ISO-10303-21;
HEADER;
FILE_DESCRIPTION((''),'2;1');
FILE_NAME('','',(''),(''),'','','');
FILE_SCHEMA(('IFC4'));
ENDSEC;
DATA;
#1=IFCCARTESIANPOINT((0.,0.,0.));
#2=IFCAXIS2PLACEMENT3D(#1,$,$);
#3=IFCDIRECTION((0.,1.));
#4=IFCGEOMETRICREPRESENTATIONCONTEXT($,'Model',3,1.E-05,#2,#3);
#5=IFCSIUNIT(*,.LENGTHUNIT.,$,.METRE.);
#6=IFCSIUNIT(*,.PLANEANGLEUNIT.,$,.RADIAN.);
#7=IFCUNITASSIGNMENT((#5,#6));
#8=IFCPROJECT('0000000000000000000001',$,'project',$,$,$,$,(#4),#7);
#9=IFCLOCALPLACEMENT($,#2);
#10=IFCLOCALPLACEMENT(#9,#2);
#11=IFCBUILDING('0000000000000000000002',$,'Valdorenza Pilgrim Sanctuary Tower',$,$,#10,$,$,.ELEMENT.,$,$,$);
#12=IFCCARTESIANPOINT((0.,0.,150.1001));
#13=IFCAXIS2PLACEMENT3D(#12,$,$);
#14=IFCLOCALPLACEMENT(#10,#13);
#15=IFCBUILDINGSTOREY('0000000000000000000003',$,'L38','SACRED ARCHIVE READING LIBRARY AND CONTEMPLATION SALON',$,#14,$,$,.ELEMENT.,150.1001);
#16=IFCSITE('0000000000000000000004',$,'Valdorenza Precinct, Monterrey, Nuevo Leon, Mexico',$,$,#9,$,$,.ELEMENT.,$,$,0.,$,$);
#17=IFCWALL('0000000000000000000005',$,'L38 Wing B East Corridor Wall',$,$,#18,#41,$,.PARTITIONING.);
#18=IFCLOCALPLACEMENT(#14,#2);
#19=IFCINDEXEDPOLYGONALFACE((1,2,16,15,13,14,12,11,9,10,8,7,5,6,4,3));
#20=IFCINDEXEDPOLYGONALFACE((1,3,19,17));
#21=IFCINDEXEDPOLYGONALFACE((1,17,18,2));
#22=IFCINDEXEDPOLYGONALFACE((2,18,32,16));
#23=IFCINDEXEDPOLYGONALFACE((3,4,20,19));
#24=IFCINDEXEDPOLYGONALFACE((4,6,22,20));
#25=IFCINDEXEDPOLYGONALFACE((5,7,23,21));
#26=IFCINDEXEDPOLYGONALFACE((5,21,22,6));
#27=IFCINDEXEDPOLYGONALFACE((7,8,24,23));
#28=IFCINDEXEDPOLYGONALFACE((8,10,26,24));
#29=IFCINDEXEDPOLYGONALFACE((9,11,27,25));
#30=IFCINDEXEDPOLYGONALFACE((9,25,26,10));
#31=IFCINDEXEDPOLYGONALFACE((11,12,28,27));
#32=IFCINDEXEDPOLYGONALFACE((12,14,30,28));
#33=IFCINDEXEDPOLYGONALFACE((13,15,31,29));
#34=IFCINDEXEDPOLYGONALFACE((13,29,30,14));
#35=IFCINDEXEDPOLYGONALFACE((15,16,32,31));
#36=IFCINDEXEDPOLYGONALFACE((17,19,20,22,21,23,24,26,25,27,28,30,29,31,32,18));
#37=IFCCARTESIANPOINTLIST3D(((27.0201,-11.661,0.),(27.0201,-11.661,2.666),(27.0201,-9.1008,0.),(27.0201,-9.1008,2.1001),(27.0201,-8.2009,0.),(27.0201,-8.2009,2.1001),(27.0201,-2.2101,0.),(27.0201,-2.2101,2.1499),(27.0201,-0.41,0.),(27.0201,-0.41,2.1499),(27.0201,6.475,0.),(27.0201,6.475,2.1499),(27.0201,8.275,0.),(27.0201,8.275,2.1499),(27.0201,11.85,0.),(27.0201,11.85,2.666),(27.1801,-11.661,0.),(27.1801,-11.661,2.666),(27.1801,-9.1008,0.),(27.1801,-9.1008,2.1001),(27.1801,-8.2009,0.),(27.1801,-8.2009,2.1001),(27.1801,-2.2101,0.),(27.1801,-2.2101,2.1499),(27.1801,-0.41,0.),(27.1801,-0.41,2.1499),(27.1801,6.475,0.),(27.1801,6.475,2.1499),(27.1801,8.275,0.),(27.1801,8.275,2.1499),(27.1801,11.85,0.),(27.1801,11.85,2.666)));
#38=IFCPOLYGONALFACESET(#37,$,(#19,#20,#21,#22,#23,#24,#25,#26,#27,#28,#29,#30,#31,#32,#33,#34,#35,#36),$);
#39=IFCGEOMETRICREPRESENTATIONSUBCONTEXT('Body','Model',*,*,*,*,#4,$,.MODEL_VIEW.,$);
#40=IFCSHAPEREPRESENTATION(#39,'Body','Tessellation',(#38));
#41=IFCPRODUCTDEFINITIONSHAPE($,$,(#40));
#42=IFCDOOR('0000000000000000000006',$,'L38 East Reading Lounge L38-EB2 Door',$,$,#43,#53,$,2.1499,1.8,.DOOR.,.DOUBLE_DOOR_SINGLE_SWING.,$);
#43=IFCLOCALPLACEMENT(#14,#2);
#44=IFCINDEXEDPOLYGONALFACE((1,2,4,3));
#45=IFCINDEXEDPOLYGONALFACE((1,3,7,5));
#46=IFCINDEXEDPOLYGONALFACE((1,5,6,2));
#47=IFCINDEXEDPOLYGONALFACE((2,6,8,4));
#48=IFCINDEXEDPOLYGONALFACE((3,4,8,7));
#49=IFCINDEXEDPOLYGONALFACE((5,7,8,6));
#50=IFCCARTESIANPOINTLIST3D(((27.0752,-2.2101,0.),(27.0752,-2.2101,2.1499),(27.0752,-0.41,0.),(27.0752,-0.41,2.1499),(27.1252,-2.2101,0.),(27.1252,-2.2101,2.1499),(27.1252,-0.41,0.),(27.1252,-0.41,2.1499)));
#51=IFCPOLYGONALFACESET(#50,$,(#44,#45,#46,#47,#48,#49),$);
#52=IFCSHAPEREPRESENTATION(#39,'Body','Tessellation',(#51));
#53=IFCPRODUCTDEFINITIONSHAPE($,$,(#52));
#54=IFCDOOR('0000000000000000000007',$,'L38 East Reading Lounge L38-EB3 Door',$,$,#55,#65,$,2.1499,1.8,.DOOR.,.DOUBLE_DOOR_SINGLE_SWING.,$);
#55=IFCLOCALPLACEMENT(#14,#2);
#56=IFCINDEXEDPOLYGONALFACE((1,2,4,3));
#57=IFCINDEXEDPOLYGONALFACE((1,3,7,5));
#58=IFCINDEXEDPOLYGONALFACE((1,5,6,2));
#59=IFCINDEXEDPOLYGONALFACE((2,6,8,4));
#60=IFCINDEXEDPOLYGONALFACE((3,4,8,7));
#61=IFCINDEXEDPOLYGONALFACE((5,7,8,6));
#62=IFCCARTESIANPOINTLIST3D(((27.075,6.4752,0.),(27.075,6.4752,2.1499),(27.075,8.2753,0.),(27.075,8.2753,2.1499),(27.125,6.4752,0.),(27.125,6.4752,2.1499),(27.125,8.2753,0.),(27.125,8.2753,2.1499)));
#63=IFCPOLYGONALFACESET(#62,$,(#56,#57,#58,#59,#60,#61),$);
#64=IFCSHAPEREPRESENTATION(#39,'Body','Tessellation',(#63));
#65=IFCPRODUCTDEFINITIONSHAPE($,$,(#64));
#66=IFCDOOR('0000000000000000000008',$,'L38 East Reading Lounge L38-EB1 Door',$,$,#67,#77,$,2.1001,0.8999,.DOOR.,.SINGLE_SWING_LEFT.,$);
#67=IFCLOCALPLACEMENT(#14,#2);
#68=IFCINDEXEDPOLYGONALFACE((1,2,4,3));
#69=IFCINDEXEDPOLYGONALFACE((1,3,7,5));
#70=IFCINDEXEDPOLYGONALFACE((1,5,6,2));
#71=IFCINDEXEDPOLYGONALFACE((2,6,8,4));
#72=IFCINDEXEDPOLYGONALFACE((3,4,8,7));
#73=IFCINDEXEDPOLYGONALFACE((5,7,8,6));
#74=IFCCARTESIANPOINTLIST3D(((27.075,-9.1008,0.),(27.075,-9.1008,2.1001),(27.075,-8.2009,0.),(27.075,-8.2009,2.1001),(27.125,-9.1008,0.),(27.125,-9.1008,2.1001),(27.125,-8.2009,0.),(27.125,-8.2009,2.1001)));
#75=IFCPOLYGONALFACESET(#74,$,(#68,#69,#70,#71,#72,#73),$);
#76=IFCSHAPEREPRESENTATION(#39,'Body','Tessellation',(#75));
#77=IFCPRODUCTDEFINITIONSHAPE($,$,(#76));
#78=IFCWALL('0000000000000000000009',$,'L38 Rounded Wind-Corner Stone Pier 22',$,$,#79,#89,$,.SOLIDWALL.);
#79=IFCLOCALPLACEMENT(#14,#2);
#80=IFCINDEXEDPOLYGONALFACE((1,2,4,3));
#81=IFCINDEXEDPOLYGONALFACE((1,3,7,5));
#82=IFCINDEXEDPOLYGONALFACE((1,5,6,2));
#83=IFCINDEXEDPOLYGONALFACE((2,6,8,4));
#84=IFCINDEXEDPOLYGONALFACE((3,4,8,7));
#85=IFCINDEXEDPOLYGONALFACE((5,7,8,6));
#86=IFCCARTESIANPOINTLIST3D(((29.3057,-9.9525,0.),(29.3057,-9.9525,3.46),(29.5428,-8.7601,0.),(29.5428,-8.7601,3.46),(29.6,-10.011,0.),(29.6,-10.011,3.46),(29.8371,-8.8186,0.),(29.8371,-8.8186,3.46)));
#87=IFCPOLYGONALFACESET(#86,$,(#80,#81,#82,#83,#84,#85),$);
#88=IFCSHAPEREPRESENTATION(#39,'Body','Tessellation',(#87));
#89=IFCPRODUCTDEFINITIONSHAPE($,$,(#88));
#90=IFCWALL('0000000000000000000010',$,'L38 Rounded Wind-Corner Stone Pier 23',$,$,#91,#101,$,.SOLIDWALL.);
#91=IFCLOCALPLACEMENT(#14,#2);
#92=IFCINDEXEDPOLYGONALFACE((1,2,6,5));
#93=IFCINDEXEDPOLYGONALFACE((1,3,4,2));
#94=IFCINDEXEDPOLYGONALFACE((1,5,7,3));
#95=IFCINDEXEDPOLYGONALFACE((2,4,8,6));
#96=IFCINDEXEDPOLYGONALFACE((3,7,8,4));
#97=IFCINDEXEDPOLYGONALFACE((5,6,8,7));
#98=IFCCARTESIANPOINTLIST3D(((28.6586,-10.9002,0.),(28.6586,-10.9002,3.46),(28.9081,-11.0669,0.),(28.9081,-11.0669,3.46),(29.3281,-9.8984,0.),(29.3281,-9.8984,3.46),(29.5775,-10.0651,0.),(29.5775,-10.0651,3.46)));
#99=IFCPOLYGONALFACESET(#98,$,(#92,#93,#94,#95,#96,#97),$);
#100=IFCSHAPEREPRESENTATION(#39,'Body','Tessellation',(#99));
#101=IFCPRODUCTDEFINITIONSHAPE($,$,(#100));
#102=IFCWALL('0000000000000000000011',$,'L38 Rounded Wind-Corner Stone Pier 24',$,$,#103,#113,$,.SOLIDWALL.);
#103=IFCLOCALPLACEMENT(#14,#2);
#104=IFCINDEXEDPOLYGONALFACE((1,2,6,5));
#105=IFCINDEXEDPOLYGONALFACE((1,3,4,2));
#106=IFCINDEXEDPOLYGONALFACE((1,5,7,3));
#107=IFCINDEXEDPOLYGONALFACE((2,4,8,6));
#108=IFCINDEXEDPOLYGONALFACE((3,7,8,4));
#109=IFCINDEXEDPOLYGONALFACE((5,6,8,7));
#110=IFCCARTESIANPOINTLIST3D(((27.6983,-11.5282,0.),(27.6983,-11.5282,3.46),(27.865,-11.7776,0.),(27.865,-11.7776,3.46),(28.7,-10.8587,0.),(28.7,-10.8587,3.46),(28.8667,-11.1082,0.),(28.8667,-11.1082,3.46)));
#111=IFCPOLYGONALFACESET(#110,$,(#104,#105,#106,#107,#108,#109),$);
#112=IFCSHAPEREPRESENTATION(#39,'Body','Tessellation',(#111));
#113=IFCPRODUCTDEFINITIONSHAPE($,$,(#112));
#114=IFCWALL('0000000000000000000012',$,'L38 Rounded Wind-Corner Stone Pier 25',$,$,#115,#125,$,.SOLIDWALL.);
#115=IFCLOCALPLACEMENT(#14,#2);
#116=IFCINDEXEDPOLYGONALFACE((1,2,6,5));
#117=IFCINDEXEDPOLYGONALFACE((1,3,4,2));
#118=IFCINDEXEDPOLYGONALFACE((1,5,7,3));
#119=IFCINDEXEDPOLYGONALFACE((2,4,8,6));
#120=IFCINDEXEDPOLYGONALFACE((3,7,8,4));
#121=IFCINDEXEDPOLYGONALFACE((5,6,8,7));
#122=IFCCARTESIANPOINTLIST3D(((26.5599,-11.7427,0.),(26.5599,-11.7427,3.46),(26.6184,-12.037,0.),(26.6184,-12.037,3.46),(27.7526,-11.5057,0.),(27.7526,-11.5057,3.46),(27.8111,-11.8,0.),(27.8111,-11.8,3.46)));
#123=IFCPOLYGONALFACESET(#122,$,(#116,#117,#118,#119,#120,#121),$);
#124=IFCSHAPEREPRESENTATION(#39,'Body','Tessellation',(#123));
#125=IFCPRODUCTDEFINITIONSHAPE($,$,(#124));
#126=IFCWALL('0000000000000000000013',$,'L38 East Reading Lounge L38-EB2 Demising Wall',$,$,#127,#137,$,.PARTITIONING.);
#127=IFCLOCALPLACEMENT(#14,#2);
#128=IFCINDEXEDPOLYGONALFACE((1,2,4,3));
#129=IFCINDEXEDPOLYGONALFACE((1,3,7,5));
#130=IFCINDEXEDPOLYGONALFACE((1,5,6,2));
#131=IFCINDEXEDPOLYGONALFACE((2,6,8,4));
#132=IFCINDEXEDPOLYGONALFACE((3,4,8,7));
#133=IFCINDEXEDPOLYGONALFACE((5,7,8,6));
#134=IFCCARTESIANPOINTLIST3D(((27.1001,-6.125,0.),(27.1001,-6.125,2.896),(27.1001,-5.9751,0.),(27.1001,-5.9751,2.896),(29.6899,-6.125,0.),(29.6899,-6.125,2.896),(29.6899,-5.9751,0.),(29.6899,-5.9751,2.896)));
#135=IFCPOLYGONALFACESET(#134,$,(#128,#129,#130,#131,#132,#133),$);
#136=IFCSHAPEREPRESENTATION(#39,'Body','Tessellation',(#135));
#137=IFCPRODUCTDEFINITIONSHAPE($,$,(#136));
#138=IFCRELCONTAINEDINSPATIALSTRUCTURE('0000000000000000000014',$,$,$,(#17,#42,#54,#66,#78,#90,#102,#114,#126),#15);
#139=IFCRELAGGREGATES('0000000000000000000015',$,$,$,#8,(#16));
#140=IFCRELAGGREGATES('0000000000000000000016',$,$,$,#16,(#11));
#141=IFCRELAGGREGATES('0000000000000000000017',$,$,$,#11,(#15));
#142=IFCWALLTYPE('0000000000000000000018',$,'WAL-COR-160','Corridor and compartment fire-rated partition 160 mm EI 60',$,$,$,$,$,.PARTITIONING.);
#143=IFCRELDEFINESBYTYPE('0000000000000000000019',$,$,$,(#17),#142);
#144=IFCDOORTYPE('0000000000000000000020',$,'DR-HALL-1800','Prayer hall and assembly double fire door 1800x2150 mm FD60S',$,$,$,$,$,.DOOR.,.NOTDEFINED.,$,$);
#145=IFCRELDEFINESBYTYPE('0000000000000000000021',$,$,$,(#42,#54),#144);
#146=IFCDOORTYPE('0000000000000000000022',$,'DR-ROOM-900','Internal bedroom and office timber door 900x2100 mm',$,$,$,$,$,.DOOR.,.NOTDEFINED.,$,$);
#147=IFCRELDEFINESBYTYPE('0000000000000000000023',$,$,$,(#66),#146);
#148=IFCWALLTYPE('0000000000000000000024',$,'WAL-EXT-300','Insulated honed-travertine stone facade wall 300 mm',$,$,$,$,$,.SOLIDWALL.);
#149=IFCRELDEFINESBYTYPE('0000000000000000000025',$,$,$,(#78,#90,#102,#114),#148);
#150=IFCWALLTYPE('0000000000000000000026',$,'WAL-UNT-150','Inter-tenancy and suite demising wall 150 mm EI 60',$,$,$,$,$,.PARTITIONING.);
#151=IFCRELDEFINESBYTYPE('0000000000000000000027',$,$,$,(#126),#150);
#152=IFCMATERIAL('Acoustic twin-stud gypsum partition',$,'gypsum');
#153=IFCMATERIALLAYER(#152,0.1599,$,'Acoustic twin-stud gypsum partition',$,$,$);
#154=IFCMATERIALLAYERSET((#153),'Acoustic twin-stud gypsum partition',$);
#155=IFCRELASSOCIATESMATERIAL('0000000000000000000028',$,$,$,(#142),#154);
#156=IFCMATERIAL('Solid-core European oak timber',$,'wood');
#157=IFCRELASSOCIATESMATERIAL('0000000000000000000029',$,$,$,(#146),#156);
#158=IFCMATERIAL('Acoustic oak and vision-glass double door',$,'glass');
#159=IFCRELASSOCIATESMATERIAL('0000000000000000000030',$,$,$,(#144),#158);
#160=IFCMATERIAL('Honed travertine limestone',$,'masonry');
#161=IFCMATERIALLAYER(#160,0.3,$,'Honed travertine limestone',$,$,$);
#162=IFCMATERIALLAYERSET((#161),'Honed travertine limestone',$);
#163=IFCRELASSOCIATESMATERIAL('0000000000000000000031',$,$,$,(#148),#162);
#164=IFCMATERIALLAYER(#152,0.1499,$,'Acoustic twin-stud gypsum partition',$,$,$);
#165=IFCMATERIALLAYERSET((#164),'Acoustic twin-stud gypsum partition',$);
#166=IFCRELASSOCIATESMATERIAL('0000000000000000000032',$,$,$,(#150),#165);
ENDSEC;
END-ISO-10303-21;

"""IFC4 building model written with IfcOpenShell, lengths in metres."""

from ifc_helpers import new_model, si_unit, direction, frame, frame_2d, origin, place, context, subcontext, project, spatial, rectangle, extrude, material, layer, layer_set, type_object, element, fill, save


model = new_model("IFC4")

# Units and contexts
model_context = context("Model", 3, precision=1e-05, world=origin(), true_north=direction((0.0, 1.0)))
body_context = subcontext(model_context, "Body", "Model", "MODEL_VIEW")
ifc_project = project(units=[si_unit("LENGTHUNIT", "METRE"), si_unit("PLANEANGLEUNIT", "RADIAN")], contexts=[model_context])

# Site, building, storey
site_placement = place(None, origin())
site = spatial("IfcSite", under=ifc_project, at=site_placement, Name="Valdorenza Precinct, Monterrey, Nuevo Leon, Mexico", CompositionType="ELEMENT", RefElevation=0.0)
building_placement = place(site_placement, origin())
building = spatial("IfcBuilding", under=site, at=building_placement, Name="Valdorenza Pilgrim Sanctuary Tower", CompositionType="ELEMENT")
storey_placement = place(building_placement, frame((0.0, 0.0, 150.1001)))
storey = spatial("IfcBuildingStorey", under=building, at=storey_placement, Name="L38", Description="SACRED ARCHIVE READING LIBRARY AND CONTEMPLATION SALON", CompositionType="ELEMENT", Elevation=150.1001)

# Shared definitions
ifc_material_1 = material(Name="Honed travertine limestone", Category="masonry")

# Shared definitions
ifc_material_2 = material(Name="Acoustic twin-stud gypsum partition", Category="gypsum")
ifc_layer_1 = layer(ifc_material_2, 0.1599, Name="Acoustic twin-stud gypsum partition")
ifc_layer_set_1 = layer_set([ifc_layer_1], Name="Acoustic twin-stud gypsum partition")
wall_type_1 = type_object("IfcWallType", Name="WAL-COR-160", Description="Corridor and compartment fire-rated partition 160 mm EI 60", PredefinedType="PARTITIONING", material=ifc_layer_set_1)
ifc_material_3 = material(Name="Solid-core European oak timber", Category="wood")
door_type_1 = type_object("IfcDoorType", Name="DR-ROOM-900", Description="Internal bedroom and office timber door 900x2100 mm", OperationType="NOTDEFINED", PredefinedType="DOOR", material=ifc_material_3)

# Wall, openings, doors
wall_1_placement = place(storey_placement, frame((27.1001, -11.6609, 0.0), z_axis=(0.0, 0.0, 1.0), x_axis=(0.0, 1.0, 0.0)))
wall_1 = element("IfcWall", 1, at=wall_1_placement, inside=storey, type_object=wall_type_1, Name="L38 Wing B East Corridor Wall", PredefinedType="PARTITIONING", context=body_context, shape_type="SweptSolid", body=[
    extrude(rectangle(XDim=23.511, YDim=0.1599, at=frame_2d((11.7554, 0.0))), origin(), (0.0, 0.0, 1.0), 2.666),
])
opening_1_placement = place(wall_1_placement, frame((2.5601, 0.0, 0.0)))
opening_1 = element("IfcOpeningElement", 2, at=opening_1_placement, cuts=wall_1, PredefinedType="OPENING", context=body_context, shape_type="SweptSolid", body=[
    extrude(rectangle(XDim=0.8999, YDim=2.1001, at=frame_2d((0.45, 1.05))), frame((0.0, 0.0947, 0.0), z_axis=(0.0, -1.0, 0.0), x_axis=(1.0, 0.0, 0.0)), (0.0, 0.0, 1.0), 0.1897),
])
opening_2_placement = place(wall_1_placement, frame((9.4509, 0.0, 0.0)))
opening_2 = element("IfcOpeningElement", 3, at=opening_2_placement, cuts=wall_1, PredefinedType="OPENING", context=body_context, shape_type="SweptSolid", body=[
    extrude(rectangle(XDim=1.8, YDim=2.1499, at=frame_2d((0.8999, 1.075))), frame((0.0, 0.0947, 0.0), z_axis=(0.0, -1.0, 0.0), x_axis=(1.0, 0.0, 0.0)), (0.0, 0.0, 1.0), 0.1897),
])
opening_3_placement = place(wall_1_placement, frame((18.136, 0.0, 0.0)))
opening_3 = element("IfcOpeningElement", 4, at=opening_3_placement, cuts=wall_1, PredefinedType="OPENING", context=body_context, shape_type="SweptSolid", body=[
    extrude(rectangle(XDim=1.8, YDim=2.1499, at=frame_2d((0.8999, 1.075))), frame((0.0, 0.0947, 0.0), z_axis=(0.0, -1.0, 0.0), x_axis=(1.0, 0.0, 0.0)), (0.0, 0.0, 1.0), 0.1897),
])
ifc_material_4 = material(Name="Acoustic oak and vision-glass double door", Category="glass")
door_type_2 = type_object("IfcDoorType", Name="DR-HALL-1800", Description="Prayer hall and assembly double fire door 1800x2150 mm FD60S", OperationType="NOTDEFINED", PredefinedType="DOOR", material=ifc_material_4)
door_1_placement = place(opening_2_placement, origin())
door_1 = element("IfcDoor", 5, at=door_1_placement, inside=storey, type_object=door_type_2, Name="L38 East Reading Lounge L38-EB2 Door", OperationType="DOUBLE_DOOR_SINGLE_SWING", OverallHeight=2.1499, OverallWidth=1.8, PredefinedType="DOOR", context=body_context, shape_type="SweptSolid", body=[
    extrude(rectangle(XDim=1.8, YDim=2.1499, at=frame_2d((0.8999, 1.075))), frame((0.0, 0.0249, 0.0), z_axis=(0.0, -1.0, 0.0), x_axis=(1.0, 0.0, 0.0)), (0.0, 0.0, 1.0), 0.05),
])
fill(opening_2, door_1)
door_2_placement = place(opening_3_placement, frame((1.8, 0.0, 0.0), z_axis=(0.0, 0.0, 1.0), x_axis=(-1.0, 0.0, 0.0)))
door_2 = element("IfcDoor", 6, at=door_2_placement, inside=storey, type_object=door_type_2, Name="L38 East Reading Lounge L38-EB3 Door", OperationType="DOUBLE_DOOR_SINGLE_SWING", OverallHeight=2.1499, OverallWidth=1.8, PredefinedType="DOOR", context=body_context, shape_type="SweptSolid", body=[
    extrude(rectangle(XDim=1.8, YDim=2.1499, at=frame_2d((0.8999, 1.075))), frame((0.0, 0.0249, 0.0), z_axis=(0.0, -1.0, 0.0), x_axis=(1.0, 0.0, 0.0)), (0.0, 0.0, 1.0), 0.05),
])
fill(opening_3, door_2)
door_3_placement = place(opening_1_placement, frame((0.8999, 0.0, 0.0), z_axis=(0.0, 0.0, 1.0), x_axis=(-1.0, 0.0, 0.0)))
door_3 = element("IfcDoor", 7, at=door_3_placement, inside=storey, type_object=door_type_1, Name="L38 East Reading Lounge L38-EB1 Door", OperationType="SINGLE_SWING_LEFT", OverallHeight=2.1001, OverallWidth=0.8999, PredefinedType="DOOR", context=body_context, shape_type="SweptSolid", body=[
    extrude(rectangle(XDim=0.8999, YDim=2.1001, at=frame_2d((0.45, 1.05))), frame((0.0, 0.0249, 0.0), z_axis=(0.0, -1.0, 0.0), x_axis=(1.0, 0.0, 0.0)), (0.0, 0.0, 1.0), 0.05),
])
fill(opening_1, door_3)

# Walls
ifc_layer_2 = layer(ifc_material_1, 0.3, Name="Honed travertine limestone")
ifc_layer_set_2 = layer_set([ifc_layer_2], Name="Honed travertine limestone")
wall_type_2 = type_object("IfcWallType", Name="WAL-EXT-300", Description="Insulated honed-travertine stone facade wall 300 mm", PredefinedType="SOLIDWALL", material=ifc_layer_set_2)
wall_2_placement = place(storey_placement, frame((29.6899, -8.7893, 0.0), z_axis=(0.0, 0.0, 1.0), x_axis=(-0.194996, -0.980804, 0.0)))
element("IfcWall", 8, at=wall_2_placement, inside=storey, type_object=wall_type_2, Name="L38 Rounded Wind-Corner Stone Pier 22", PredefinedType="SOLIDWALL", context=body_context, shape_type="SweptSolid", body=[
    extrude(rectangle(XDim=1.2158, YDim=0.3, at=frame_2d((0.6079, 0.0))), origin(), (0.0, 0.0, 1.0), 3.46),
])
for number, where, z_axis, x_axis, name in (
    (9, (29.4529, -9.9817, 0.0), (0.0, 0.0, 1.0), (-0.555635, -0.831426, 0.0), "L38 Rounded Wind-Corner Stone Pier 23"),
    (10, (28.7834, -10.9834, 0.0), (0.0, 0.0, 1.0), (-0.831426, -0.555635, 0.0), "L38 Rounded Wind-Corner Stone Pier 24"),
):
    element("IfcWall", number, at=place(storey_placement, frame(where, z_axis=z_axis, x_axis=x_axis)), inside=storey, type_object=wall_type_2, Name=name, PredefinedType="SOLIDWALL", context=body_context, shape_type="SweptSolid", body=[
        extrude(rectangle(XDim=1.2048, YDim=0.3, at=frame_2d((0.6025, 0.0))), origin(), (0.0, 0.0, 1.0), 3.46),
    ])
wall_3_placement = place(storey_placement, frame((27.7817, -11.6528, 0.0), z_axis=(0.0, 0.0, 1.0), x_axis=(-0.980812, -0.194958, 0.0)))
element("IfcWall", 11, at=wall_3_placement, inside=storey, type_object=wall_type_2, Name="L38 Rounded Wind-Corner Stone Pier 25", PredefinedType="SOLIDWALL", context=body_context, shape_type="SweptSolid", body=[
    extrude(rectangle(XDim=1.2161, YDim=0.3, at=frame_2d((0.6079, 0.0))), origin(), (0.0, 0.0, 1.0), 3.46),
])
ifc_layer_3 = layer(ifc_material_2, 0.1499, Name="Acoustic twin-stud gypsum partition")
ifc_layer_set_3 = layer_set([ifc_layer_3], Name="Acoustic twin-stud gypsum partition")
wall_type_3 = type_object("IfcWallType", Name="WAL-UNT-150", Description="Inter-tenancy and suite demising wall 150 mm EI 60", PredefinedType="PARTITIONING", material=ifc_layer_set_3)
wall_4_placement = place(storey_placement, frame((27.1001, -6.05, 0.0), z_axis=(0.0, 0.0, 1.0), x_axis=(1.0, 0.0, 0.0)))
element("IfcWall", 12, at=wall_4_placement, inside=storey, type_object=wall_type_3, Name="L38 East Reading Lounge L38-EB2 Demising Wall", PredefinedType="PARTITIONING", context=body_context, shape_type="SweptSolid", body=[
    extrude(rectangle(XDim=2.5898, YDim=0.1499, at=frame_2d((1.2949, 0.0))), origin(), (0.0, 0.0, 1.0), 2.896),
])

save(model, "model.ifc")
